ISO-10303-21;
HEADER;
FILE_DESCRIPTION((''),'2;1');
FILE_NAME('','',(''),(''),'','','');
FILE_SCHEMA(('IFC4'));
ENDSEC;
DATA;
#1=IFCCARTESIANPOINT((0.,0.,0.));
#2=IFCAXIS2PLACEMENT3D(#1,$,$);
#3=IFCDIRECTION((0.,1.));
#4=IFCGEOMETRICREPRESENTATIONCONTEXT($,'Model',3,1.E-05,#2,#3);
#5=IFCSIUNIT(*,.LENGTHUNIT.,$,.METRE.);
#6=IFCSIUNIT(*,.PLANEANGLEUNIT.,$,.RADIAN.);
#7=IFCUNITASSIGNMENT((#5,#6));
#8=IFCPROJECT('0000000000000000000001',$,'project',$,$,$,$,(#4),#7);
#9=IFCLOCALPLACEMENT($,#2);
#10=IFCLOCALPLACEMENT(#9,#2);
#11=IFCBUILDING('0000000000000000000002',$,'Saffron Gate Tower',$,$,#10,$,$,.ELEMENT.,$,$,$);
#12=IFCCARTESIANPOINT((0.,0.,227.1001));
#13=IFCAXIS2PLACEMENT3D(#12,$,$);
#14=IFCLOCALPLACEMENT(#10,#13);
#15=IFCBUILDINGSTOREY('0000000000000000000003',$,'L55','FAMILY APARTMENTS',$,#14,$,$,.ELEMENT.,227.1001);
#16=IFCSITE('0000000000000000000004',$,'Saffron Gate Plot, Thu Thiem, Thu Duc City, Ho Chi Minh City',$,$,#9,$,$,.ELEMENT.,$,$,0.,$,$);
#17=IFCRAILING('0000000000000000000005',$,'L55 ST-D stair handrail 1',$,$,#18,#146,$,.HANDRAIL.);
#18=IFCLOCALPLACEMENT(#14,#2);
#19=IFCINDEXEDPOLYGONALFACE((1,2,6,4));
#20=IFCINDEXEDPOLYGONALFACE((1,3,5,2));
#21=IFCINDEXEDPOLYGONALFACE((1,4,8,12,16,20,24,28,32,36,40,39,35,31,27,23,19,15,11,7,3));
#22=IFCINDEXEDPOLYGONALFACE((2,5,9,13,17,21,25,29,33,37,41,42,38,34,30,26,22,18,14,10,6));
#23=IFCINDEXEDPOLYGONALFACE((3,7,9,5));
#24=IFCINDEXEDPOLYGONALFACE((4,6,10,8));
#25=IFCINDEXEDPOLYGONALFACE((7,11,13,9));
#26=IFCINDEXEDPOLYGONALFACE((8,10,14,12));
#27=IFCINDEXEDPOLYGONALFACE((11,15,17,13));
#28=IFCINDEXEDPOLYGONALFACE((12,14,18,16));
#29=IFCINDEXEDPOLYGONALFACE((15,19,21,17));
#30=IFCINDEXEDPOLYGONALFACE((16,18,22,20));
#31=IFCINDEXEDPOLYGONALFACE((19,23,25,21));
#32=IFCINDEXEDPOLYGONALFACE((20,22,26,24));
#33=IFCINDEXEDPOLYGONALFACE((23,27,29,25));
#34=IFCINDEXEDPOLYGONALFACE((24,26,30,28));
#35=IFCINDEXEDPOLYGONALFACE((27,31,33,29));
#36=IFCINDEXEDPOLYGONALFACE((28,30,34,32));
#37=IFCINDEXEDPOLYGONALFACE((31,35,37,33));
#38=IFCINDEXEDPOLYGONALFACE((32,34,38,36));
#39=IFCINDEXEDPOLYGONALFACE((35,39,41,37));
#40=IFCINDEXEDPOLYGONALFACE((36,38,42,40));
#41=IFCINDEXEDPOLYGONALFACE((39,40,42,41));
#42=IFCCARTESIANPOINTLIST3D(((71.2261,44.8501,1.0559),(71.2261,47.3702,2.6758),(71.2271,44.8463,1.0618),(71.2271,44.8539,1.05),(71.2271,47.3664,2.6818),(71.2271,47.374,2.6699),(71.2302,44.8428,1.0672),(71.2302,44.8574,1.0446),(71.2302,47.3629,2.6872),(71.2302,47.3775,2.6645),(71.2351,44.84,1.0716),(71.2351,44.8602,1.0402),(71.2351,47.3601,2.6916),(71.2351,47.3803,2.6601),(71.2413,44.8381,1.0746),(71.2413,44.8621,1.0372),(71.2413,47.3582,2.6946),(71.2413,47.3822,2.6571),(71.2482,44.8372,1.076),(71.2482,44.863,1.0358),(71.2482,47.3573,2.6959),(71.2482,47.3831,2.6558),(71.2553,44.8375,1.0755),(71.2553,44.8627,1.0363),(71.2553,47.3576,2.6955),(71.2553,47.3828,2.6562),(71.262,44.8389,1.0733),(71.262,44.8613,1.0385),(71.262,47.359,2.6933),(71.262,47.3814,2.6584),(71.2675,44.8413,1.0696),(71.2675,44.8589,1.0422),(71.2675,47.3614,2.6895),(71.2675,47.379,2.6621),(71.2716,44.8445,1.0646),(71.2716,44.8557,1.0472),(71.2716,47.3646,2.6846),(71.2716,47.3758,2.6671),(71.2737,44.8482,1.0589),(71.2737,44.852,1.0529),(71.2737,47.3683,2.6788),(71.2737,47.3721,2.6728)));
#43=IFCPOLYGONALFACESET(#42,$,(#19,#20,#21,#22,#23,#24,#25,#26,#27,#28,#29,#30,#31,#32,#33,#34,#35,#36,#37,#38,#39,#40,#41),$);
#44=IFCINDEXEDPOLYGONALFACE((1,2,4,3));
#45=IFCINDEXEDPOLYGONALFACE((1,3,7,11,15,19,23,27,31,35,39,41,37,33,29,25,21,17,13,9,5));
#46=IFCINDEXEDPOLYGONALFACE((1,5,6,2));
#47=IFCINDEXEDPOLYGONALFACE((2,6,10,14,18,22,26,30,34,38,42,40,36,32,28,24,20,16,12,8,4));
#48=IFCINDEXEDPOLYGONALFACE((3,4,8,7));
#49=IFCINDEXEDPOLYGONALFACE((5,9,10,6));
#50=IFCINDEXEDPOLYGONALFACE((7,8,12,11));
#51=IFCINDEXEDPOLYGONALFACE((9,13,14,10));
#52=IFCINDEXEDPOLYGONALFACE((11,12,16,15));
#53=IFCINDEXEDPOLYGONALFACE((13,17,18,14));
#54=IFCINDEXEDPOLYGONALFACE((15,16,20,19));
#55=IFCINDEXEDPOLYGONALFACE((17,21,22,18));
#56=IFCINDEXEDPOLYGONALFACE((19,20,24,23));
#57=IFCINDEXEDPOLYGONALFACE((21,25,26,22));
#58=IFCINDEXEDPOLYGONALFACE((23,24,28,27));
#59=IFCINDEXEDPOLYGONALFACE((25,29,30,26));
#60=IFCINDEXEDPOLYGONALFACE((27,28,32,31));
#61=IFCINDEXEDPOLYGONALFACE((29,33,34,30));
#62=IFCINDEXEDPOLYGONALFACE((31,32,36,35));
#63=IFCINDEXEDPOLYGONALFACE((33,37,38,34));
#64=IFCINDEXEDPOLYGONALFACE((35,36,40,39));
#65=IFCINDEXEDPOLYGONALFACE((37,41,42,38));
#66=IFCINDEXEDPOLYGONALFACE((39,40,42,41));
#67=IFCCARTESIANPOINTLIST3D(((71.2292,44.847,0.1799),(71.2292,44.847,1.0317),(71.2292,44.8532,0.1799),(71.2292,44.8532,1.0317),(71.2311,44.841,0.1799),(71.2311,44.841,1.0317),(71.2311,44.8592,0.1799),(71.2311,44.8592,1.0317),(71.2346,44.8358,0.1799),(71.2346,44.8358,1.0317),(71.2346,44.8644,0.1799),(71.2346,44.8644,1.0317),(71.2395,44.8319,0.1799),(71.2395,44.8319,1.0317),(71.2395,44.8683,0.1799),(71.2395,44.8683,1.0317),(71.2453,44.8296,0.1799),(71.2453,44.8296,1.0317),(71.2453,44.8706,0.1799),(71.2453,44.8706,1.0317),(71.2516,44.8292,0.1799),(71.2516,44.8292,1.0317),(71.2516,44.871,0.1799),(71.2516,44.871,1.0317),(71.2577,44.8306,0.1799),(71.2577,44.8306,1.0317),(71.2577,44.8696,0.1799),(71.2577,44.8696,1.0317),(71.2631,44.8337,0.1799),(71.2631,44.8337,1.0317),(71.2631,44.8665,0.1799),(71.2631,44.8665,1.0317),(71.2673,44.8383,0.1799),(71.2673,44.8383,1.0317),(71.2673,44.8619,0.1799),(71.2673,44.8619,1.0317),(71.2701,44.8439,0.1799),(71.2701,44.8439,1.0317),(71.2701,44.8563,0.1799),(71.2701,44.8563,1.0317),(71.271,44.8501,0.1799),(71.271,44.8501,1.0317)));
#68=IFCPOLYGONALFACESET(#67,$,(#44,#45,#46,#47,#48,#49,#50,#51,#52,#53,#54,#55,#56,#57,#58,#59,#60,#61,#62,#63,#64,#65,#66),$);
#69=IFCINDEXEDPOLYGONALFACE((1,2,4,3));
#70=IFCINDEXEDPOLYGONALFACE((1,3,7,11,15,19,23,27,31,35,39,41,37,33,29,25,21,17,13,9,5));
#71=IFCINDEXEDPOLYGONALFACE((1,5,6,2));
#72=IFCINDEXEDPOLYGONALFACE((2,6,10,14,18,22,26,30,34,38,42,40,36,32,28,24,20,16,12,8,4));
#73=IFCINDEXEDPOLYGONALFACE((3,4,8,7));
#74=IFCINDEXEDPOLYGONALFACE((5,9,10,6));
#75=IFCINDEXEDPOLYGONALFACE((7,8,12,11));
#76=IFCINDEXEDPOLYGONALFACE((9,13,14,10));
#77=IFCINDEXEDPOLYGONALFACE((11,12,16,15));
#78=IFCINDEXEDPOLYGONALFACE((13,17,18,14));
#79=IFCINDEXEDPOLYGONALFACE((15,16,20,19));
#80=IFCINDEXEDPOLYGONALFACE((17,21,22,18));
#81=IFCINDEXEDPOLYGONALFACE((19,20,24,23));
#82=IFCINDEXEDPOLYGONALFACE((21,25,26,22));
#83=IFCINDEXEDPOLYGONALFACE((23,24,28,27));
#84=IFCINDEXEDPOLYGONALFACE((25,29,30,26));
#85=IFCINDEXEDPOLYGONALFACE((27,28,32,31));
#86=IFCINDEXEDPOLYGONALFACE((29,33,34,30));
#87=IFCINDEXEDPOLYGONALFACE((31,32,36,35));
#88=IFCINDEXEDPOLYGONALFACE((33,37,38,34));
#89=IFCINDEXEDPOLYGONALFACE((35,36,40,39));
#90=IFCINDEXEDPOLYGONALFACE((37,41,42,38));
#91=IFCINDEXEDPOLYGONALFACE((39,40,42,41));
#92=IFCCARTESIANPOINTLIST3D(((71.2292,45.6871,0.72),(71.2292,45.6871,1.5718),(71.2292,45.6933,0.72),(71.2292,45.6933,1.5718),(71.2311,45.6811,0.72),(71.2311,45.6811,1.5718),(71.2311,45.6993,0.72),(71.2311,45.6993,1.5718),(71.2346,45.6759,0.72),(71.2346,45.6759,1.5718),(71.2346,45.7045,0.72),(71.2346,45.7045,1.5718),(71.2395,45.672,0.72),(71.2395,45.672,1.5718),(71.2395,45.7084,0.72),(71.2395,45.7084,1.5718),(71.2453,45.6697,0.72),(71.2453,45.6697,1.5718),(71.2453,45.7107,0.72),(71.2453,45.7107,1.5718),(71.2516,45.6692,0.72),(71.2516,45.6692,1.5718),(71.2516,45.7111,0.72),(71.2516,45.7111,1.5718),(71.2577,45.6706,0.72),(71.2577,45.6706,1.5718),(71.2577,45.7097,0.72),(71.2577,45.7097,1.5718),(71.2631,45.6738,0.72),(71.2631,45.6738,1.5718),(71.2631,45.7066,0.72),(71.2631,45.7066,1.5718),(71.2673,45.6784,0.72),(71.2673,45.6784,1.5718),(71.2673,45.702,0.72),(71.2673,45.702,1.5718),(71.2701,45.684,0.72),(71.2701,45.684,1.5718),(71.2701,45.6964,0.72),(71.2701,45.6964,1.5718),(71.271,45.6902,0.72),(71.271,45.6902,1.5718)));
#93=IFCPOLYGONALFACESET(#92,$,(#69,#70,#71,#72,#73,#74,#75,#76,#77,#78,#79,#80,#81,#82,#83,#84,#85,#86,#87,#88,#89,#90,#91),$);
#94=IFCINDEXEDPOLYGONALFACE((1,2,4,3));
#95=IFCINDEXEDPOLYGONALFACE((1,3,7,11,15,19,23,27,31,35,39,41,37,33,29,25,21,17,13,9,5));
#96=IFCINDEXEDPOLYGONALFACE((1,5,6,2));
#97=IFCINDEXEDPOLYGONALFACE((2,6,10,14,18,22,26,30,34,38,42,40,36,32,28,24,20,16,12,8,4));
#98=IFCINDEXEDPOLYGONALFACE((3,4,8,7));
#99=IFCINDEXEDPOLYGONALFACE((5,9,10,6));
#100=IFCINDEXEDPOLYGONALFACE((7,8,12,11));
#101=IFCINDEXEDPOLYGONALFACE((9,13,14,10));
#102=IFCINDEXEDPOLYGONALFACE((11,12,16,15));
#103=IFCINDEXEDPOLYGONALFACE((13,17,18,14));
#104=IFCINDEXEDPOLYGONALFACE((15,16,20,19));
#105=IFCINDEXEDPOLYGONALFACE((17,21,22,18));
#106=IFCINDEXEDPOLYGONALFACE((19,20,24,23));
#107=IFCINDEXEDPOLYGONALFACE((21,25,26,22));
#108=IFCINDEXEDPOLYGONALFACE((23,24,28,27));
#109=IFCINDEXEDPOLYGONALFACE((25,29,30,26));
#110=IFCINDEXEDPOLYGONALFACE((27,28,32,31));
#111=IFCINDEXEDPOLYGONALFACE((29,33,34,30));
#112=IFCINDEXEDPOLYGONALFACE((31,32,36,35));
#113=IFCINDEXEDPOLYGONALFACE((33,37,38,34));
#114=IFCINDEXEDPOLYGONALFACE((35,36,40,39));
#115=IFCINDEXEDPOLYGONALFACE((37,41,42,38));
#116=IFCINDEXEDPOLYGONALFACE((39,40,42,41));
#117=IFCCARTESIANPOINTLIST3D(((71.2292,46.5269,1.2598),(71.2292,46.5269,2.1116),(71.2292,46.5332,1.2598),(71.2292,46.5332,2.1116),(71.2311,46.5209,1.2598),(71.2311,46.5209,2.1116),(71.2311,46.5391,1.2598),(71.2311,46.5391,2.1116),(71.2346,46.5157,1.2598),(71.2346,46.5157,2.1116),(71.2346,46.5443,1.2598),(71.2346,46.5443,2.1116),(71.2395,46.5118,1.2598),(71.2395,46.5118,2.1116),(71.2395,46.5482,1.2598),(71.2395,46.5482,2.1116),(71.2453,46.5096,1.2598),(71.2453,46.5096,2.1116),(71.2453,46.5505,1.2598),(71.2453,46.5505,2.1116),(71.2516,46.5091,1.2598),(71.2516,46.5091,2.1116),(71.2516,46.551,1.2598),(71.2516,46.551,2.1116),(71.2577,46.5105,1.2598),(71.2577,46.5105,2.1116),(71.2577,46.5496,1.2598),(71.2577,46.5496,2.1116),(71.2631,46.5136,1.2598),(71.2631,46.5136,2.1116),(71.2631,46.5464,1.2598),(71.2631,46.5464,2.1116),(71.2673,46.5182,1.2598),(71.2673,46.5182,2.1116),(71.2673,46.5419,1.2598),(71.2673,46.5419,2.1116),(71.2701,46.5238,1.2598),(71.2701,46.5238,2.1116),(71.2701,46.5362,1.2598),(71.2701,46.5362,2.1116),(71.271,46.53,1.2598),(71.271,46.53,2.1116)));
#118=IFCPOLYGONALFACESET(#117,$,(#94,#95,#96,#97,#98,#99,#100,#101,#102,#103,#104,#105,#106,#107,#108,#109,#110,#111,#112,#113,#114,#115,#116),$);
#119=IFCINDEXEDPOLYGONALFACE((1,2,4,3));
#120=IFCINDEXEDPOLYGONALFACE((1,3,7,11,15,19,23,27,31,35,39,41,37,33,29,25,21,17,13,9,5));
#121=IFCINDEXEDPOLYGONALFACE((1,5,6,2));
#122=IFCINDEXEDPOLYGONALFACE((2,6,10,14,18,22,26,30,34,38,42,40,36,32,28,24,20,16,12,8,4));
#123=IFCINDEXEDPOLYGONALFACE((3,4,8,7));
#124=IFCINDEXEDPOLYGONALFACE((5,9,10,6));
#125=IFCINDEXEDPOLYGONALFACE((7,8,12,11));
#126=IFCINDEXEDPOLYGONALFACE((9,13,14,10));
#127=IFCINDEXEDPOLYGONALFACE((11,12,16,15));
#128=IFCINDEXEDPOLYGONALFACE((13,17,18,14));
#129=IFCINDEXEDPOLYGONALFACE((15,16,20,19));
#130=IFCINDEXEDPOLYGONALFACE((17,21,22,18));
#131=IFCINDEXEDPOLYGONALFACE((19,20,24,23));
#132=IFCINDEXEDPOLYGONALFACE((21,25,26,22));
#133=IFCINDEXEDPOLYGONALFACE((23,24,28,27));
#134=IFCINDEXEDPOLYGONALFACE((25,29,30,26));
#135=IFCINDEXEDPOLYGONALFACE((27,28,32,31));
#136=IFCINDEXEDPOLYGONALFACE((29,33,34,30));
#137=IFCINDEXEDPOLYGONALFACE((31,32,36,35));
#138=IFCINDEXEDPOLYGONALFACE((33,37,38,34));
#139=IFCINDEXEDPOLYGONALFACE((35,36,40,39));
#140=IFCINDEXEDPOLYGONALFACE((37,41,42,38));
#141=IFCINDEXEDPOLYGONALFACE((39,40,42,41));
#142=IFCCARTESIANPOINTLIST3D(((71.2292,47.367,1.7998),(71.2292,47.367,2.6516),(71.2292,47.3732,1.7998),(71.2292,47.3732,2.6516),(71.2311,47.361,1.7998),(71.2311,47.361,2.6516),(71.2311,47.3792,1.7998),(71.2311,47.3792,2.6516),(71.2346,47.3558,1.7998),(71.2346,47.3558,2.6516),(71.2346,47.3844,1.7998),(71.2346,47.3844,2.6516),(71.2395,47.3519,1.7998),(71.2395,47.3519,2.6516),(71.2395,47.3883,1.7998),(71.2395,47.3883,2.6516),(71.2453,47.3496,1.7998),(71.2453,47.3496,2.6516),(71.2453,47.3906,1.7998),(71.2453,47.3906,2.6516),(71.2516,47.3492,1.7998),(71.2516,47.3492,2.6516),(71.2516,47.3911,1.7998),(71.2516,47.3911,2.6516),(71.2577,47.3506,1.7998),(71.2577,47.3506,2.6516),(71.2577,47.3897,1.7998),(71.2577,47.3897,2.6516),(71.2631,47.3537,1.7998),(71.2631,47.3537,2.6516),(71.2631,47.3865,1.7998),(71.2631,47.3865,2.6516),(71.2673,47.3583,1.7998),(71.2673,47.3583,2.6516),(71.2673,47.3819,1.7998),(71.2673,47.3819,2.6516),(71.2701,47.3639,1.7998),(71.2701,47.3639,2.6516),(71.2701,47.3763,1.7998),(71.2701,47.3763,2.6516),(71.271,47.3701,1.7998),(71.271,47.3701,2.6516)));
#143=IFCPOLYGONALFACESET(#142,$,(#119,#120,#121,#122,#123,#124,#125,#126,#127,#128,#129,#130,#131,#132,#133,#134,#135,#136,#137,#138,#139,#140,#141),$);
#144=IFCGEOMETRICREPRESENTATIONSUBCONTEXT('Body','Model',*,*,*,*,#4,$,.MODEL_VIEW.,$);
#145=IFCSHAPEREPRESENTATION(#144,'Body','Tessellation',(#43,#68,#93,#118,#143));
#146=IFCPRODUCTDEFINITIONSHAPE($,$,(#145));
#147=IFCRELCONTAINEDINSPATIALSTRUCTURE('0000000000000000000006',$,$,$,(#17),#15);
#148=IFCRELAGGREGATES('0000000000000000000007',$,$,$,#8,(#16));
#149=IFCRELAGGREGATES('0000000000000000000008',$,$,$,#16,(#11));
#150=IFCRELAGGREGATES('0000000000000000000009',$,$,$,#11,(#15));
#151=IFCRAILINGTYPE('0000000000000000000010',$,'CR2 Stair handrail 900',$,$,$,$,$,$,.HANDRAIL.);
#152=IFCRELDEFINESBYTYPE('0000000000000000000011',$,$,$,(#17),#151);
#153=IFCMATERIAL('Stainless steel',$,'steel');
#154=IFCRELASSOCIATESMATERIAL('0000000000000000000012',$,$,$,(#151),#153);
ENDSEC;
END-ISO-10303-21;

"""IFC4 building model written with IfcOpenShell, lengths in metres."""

from ifc_helpers import new_model, si_unit, direction, frame, origin, origin_2d, place, context, subcontext, project, spatial, circle, extrude, material, type_object, element, save


model = new_model("IFC4")

# Units and contexts
model_context = context("Model", 3, precision=1e-05, world=origin(), true_north=direction((0.0, 1.0)))
body_context = subcontext(model_context, "Body", "Model", "MODEL_VIEW")
ifc_project = project(units=[si_unit("LENGTHUNIT", "METRE"), si_unit("PLANEANGLEUNIT", "RADIAN")], contexts=[model_context])

# Site, building, storey
site_placement = place(None, origin())
site = spatial("IfcSite", under=ifc_project, at=site_placement, Name="Saffron Gate Plot, Thu Thiem, Thu Duc City, Ho Chi Minh City", CompositionType="ELEMENT", RefElevation=0.0)
building_placement = place(site_placement, origin())
building = spatial("IfcBuilding", under=site, at=building_placement, Name="Saffron Gate Tower", CompositionType="ELEMENT")
storey_placement = place(building_placement, frame((0.0, 0.0, 227.1001)))
storey = spatial("IfcBuildingStorey", under=building, at=storey_placement, Name="L55", Description="FAMILY APARTMENTS", CompositionType="ELEMENT", Elevation=227.1001)

# Railing
ifc_material_1 = material(Name="Stainless steel", Category="steel")
railing_type_1 = type_object("IfcRailingType", Name="CR2 Stair handrail 900", PredefinedType="HANDRAIL", material=ifc_material_1)
railing_1_placement = place(storey_placement, frame((71.25, 44.8501, 0.1799)))
element("IfcRailing", 1, at=railing_1_placement, inside=storey, type_object=railing_type_1, Name="L55 ST-D stair handrail 1", PredefinedType="HANDRAIL", context=body_context, shape_type="SweptSolid", body=[
    extrude(circle(Radius=0.0239, at=origin_2d()), frame((0.0, 0.0, 0.876), z_axis=(0.0, 0.8412, 0.540725), x_axis=(-1.0, 0.0, 0.0)), (0.0, 0.0, 1.0), 2.9958),
    extrude(circle(Radius=0.021, at=origin_2d()), origin(), (0.0, 0.0, 1.0), 0.8518),
    extrude(circle(Radius=0.021, at=origin_2d()), frame((0.0, 0.8401, 0.54)), (0.0, 0.0, 1.0), 0.8518),
    extrude(circle(Radius=0.021, at=origin_2d()), frame((0.0, 1.6799, 1.0798)), (0.0, 0.0, 1.0), 0.8518),
    extrude(circle(Radius=0.021, at=origin_2d()), frame((0.0, 2.52, 1.6199)), (0.0, 0.0, 1.0), 0.8518),
])

save(model, "model.ifc")
